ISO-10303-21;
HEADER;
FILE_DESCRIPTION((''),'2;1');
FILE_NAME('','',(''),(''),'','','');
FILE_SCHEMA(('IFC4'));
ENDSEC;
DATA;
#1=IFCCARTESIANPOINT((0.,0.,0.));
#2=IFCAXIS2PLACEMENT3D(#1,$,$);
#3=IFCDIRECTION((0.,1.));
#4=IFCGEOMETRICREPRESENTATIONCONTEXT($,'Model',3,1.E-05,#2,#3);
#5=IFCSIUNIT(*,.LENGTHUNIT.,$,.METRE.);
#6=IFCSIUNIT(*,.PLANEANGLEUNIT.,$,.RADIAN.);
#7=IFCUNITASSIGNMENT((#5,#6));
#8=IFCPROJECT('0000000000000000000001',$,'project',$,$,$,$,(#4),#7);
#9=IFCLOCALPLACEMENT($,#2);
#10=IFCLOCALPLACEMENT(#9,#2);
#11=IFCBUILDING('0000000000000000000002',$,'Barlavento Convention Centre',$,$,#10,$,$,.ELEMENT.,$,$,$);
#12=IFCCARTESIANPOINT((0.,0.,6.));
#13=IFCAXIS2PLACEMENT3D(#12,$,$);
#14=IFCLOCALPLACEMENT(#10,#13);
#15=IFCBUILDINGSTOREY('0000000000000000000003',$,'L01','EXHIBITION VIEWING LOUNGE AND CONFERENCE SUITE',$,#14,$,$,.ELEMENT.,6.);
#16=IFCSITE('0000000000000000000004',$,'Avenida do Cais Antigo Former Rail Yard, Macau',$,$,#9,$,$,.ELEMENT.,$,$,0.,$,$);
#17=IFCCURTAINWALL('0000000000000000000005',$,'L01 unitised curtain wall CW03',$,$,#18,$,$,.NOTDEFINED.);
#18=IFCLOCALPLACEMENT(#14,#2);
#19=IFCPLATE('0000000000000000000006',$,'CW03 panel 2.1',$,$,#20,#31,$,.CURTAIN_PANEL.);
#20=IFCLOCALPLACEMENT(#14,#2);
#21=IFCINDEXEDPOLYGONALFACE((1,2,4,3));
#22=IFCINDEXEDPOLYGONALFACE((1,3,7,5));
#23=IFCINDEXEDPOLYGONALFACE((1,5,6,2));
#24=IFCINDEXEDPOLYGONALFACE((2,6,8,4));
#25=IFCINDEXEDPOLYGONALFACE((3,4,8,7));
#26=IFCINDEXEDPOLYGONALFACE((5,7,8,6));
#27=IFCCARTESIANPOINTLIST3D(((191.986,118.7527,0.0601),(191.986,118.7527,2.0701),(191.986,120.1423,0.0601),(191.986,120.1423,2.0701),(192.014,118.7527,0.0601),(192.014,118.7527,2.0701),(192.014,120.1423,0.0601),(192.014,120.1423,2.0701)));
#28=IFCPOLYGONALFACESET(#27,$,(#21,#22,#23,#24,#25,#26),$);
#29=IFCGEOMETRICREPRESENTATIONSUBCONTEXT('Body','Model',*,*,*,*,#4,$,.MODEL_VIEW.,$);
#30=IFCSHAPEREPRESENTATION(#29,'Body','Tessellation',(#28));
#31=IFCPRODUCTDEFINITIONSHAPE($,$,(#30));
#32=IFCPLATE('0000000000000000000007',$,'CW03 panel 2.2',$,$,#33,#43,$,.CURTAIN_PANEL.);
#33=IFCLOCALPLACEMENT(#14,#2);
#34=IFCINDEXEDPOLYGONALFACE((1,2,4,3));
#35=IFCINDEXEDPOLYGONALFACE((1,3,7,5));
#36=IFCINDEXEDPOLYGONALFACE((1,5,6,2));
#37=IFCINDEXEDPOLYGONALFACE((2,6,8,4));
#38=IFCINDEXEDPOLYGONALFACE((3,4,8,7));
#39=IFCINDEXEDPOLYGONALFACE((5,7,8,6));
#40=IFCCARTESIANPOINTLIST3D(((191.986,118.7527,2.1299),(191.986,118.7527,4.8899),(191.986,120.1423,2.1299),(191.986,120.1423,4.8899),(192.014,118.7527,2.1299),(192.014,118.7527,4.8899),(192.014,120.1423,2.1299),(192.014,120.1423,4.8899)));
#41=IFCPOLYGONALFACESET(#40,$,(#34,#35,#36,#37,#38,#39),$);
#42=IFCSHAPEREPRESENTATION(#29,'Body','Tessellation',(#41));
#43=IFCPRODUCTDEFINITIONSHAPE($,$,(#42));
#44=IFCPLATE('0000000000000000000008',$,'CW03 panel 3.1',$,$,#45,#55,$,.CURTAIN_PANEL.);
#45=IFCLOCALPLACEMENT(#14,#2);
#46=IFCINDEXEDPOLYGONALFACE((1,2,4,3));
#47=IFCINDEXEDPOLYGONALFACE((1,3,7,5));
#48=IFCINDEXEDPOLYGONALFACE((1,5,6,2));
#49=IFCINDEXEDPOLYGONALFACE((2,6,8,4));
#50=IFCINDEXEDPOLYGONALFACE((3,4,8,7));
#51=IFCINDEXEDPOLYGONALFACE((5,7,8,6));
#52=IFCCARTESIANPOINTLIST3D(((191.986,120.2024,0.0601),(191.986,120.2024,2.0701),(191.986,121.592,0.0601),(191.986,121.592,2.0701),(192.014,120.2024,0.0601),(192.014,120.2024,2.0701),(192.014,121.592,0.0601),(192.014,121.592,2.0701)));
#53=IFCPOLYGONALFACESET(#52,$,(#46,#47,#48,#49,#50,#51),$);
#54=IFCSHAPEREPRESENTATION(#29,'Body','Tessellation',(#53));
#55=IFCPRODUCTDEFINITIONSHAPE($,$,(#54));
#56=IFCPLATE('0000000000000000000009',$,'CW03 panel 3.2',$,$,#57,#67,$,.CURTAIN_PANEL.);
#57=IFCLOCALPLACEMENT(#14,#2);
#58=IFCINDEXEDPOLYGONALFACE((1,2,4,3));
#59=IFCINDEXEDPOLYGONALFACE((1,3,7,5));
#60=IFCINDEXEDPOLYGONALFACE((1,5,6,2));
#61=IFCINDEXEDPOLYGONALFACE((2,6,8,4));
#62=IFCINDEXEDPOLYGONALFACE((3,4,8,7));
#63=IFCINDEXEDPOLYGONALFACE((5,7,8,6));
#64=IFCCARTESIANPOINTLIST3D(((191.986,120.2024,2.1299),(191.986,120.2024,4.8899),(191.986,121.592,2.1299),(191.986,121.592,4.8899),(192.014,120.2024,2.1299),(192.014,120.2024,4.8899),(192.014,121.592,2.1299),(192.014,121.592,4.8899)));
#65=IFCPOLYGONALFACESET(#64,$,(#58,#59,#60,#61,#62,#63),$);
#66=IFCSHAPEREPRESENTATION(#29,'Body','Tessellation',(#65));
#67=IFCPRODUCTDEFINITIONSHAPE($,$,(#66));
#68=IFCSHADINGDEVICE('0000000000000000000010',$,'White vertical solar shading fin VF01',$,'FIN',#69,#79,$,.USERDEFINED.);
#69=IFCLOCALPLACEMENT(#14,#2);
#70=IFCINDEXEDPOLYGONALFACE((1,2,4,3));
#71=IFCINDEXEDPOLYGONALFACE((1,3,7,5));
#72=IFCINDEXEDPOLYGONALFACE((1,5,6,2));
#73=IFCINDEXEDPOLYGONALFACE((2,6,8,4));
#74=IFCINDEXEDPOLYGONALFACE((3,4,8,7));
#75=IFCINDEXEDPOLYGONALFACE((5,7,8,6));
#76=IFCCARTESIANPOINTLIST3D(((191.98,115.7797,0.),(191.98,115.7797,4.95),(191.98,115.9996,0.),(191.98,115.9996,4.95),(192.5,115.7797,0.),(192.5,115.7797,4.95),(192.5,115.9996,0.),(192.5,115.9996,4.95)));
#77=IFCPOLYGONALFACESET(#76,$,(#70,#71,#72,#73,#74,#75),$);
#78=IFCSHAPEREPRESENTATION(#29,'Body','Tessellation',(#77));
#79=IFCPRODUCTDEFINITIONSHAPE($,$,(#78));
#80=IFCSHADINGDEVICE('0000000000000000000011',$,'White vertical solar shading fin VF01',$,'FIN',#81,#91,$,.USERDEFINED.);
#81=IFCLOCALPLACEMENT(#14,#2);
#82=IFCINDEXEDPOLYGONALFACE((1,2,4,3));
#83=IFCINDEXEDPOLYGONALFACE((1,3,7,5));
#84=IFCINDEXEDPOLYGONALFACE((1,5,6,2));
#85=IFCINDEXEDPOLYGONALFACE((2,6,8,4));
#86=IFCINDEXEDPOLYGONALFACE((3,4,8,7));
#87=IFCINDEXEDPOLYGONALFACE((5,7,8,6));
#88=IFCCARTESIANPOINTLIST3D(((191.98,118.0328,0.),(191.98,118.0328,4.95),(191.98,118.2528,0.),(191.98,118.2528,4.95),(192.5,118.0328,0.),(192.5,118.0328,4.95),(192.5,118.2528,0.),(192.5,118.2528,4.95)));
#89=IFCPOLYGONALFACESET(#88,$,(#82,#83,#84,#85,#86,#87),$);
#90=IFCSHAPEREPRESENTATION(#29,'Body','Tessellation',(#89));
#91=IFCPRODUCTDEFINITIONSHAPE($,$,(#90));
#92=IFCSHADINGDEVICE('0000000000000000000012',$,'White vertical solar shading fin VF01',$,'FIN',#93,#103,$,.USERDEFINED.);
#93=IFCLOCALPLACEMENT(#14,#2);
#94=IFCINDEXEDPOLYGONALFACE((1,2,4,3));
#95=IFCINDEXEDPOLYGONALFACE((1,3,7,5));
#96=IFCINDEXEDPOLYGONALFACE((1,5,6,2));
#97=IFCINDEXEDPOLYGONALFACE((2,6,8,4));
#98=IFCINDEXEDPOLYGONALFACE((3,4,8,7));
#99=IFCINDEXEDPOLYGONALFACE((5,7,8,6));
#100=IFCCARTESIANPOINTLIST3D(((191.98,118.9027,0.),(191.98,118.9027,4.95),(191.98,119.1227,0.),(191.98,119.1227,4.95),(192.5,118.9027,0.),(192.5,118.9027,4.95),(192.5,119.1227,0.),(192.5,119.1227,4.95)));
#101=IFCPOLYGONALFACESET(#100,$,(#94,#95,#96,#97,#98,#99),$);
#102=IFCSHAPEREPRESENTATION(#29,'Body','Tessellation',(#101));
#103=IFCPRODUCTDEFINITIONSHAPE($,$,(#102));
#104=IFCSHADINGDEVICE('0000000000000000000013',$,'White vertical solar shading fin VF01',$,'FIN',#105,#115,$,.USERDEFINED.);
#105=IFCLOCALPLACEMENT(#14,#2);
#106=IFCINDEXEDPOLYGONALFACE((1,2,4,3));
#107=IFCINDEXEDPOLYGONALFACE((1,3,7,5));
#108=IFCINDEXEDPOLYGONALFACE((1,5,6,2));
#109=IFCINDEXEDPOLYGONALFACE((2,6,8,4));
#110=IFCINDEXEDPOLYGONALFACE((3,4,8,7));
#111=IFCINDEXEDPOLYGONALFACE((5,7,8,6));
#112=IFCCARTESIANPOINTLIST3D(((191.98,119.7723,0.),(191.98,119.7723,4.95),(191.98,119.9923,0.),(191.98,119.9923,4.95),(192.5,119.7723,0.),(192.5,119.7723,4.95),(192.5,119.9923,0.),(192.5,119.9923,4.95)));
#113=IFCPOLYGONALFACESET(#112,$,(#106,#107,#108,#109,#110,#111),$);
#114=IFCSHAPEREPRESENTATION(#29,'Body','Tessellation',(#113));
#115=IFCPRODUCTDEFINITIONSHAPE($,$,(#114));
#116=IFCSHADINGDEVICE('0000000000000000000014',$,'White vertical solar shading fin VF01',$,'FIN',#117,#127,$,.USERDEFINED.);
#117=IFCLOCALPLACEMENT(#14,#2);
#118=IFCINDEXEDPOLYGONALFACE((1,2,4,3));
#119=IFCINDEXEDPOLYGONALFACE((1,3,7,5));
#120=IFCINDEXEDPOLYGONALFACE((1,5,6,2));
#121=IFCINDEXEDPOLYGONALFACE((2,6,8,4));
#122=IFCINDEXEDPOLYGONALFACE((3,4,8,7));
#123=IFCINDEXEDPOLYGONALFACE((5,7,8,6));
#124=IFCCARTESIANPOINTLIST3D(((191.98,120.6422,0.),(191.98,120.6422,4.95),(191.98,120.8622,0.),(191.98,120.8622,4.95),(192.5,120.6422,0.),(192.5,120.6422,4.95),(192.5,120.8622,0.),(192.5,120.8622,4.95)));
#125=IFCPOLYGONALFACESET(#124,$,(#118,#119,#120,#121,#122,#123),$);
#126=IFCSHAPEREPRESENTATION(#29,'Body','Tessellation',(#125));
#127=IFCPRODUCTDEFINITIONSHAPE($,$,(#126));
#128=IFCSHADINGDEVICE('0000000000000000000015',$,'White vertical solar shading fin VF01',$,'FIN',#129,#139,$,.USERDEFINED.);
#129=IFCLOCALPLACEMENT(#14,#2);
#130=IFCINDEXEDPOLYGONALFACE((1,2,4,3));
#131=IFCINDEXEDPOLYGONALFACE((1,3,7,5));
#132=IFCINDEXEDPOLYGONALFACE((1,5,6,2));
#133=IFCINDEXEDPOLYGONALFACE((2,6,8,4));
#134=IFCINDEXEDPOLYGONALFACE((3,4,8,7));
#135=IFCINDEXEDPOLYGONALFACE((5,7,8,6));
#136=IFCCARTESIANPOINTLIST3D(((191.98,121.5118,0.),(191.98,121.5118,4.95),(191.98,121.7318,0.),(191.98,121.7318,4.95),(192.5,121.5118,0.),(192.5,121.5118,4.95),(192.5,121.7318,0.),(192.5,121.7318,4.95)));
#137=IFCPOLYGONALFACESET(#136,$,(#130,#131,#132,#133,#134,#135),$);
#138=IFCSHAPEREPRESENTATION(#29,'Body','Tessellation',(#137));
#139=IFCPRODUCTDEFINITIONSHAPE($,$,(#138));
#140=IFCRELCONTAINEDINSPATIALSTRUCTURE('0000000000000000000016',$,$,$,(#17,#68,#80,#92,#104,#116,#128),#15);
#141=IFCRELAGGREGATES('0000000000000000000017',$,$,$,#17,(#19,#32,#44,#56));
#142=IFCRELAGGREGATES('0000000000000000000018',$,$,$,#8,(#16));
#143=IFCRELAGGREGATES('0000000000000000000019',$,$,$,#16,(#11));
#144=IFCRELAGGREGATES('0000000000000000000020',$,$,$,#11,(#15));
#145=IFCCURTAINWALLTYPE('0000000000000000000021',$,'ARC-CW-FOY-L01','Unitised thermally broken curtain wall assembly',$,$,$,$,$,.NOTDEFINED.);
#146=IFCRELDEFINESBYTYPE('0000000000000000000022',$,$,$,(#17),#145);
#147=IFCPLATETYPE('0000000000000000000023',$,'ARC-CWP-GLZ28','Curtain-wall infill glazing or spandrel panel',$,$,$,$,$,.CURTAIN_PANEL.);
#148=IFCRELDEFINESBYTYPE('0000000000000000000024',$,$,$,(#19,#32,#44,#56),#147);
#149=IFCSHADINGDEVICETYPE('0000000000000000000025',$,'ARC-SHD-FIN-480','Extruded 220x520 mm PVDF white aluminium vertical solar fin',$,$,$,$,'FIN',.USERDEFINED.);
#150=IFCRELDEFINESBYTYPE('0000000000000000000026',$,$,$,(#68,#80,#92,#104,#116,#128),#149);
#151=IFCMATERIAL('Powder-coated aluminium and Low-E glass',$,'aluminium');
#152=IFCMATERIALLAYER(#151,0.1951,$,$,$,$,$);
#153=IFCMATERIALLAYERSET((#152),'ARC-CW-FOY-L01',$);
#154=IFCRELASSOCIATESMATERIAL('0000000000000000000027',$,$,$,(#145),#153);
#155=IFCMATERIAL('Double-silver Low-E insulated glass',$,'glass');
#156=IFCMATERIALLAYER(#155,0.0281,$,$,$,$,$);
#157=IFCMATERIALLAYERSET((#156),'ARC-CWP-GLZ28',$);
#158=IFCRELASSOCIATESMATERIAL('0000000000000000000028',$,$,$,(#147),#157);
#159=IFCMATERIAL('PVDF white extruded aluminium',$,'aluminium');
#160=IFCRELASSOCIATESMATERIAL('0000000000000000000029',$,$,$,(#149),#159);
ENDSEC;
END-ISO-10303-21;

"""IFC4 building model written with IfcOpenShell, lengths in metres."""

from ifc_helpers import new_model, si_unit, direction, frame, origin, origin_2d, place, context, subcontext, project, spatial, rectangle, extrude, material, layer, layer_set, type_object, element, aggregate, save


model = new_model("IFC4")

# Units and contexts
model_context = context("Model", 3, precision=1e-05, world=origin(), true_north=direction((0.0, 1.0)))
body_context = subcontext(model_context, "Body", "Model", "MODEL_VIEW")
ifc_project = project(units=[si_unit("LENGTHUNIT", "METRE"), si_unit("PLANEANGLEUNIT", "RADIAN")], contexts=[model_context])

# Site, building, storey
site_placement = place(None, origin())
site = spatial("IfcSite", under=ifc_project, at=site_placement, Name="Avenida do Cais Antigo Former Rail Yard, Macau", CompositionType="ELEMENT", RefElevation=0.0)
building_placement = place(site_placement, origin())
building = spatial("IfcBuilding", under=site, at=building_placement, Name="Barlavento Convention Centre", CompositionType="ELEMENT")
storey_placement = place(building_placement, frame((0.0, 0.0, 6.0)))
storey = spatial("IfcBuildingStorey", under=building, at=storey_placement, Name="L01", Description="EXHIBITION VIEWING LOUNGE AND CONFERENCE SUITE", CompositionType="ELEMENT", Elevation=6.0)

# Curtain wall, plates
ifc_material_1 = material(Name="Powder-coated aluminium and Low-E glass", Category="aluminium")
ifc_layer_1 = layer(ifc_material_1, 0.1951)
ifc_layer_set_1 = layer_set([ifc_layer_1], Name="ARC-CW-FOY-L01")
curtain_wall_type = type_object("IfcCurtainWallType", Name="ARC-CW-FOY-L01", Description="Unitised thermally broken curtain wall assembly", PredefinedType="NOTDEFINED", material=ifc_layer_set_1)
curtain_wall_placement = place(storey_placement, origin())
curtain_wall = element("IfcCurtainWall", 1, at=curtain_wall_placement, inside=storey, type_object=curtain_wall_type, Name="L01 unitised curtain wall CW03", PredefinedType="NOTDEFINED")
ifc_material_2 = material(Name="Double-silver Low-E insulated glass", Category="glass")
ifc_layer_2 = layer(ifc_material_2, 0.0281)
ifc_layer_set_2 = layer_set([ifc_layer_2], Name="ARC-CWP-GLZ28")
plate_type = type_object("IfcPlateType", Name="ARC-CWP-GLZ28", Description="Curtain-wall infill glazing or spandrel panel", PredefinedType="CURTAIN_PANEL", material=ifc_layer_set_2)
plate_1_placement = place(storey_placement, frame((192.0, 119.4475, 0.0601), z_axis=(0.0, 0.0, 1.0), x_axis=(0.0, 1.0, 0.0)))
plate_1 = element("IfcPlate", 2, at=plate_1_placement, type_object=plate_type, Name="CW03 panel 2.1", PredefinedType="CURTAIN_PANEL", context=body_context, shape_type="SweptSolid", body=[
    extrude(rectangle(XDim=1.3896, YDim=0.0281, at=origin_2d()), origin(), (0.0, 0.0, 1.0), 2.01),
])
plate_2_placement = place(storey_placement, frame((192.0, 119.4475, 2.1299), z_axis=(0.0, 0.0, 1.0), x_axis=(0.0, 1.0, 0.0)))
plate_2 = element("IfcPlate", 3, at=plate_2_placement, type_object=plate_type, Name="CW03 panel 2.2", PredefinedType="CURTAIN_PANEL", context=body_context, shape_type="SweptSolid", body=[
    extrude(rectangle(XDim=1.3896, YDim=0.0281, at=origin_2d()), origin(), (0.0, 0.0, 1.0), 2.76),
])
plate_3_placement = place(storey_placement, frame((192.0, 120.8972, 0.0601), z_axis=(0.0, 0.0, 1.0), x_axis=(0.0, 1.0, 0.0)))
plate_3 = element("IfcPlate", 4, at=plate_3_placement, type_object=plate_type, Name="CW03 panel 3.1", PredefinedType="CURTAIN_PANEL", context=body_context, shape_type="SweptSolid", body=[
    extrude(rectangle(XDim=1.3896, YDim=0.0281, at=origin_2d()), origin(), (0.0, 0.0, 1.0), 2.01),
])
plate_4_placement = place(storey_placement, frame((192.0, 120.8972, 2.1299), z_axis=(0.0, 0.0, 1.0), x_axis=(0.0, 1.0, 0.0)))
plate_4 = element("IfcPlate", 5, at=plate_4_placement, type_object=plate_type, Name="CW03 panel 3.2", PredefinedType="CURTAIN_PANEL", context=body_context, shape_type="SweptSolid", body=[
    extrude(rectangle(XDim=1.3896, YDim=0.0281, at=origin_2d()), origin(), (0.0, 0.0, 1.0), 2.76),
])
aggregate(curtain_wall, [plate_1, plate_2, plate_3, plate_4])

# Shading devices
ifc_material_3 = material(Name="PVDF white extruded aluminium", Category="aluminium")
shading_device_type = type_object("IfcShadingDeviceType", Name="ARC-SHD-FIN-480", Description="Extruded 220x520 mm PVDF white aluminium vertical solar fin", ElementType="FIN", PredefinedType="USERDEFINED", material=ifc_material_3)
for number, where, z_axis, x_axis, name in (
    (6, (192.24, 115.8896, 0.0), (0.0, 0.0, 1.0), (0.0, 1.0, 0.0), "White vertical solar shading fin VF01"),
    (7, (192.24, 118.1428, 0.0), (0.0, 0.0, 1.0), (0.0, 1.0, 0.0), "White vertical solar shading fin VF01"),
    (8, (192.24, 119.0127, 0.0), (0.0, 0.0, 1.0), (0.0, 1.0, 0.0), "White vertical solar shading fin VF01"),
    (9, (192.24, 119.8823, 0.0), (0.0, 0.0, 1.0), (0.0, 1.0, 0.0), "White vertical solar shading fin VF01"),
    (10, (192.24, 120.7522, 0.0), (0.0, 0.0, 1.0), (0.0, 1.0, 0.0), "White vertical solar shading fin VF01"),
    (11, (192.24, 121.6218, 0.0), (0.0, 0.0, 1.0), (0.0, 1.0, 0.0), "White vertical solar shading fin VF01"),
):
    element("IfcShadingDevice", number, at=place(storey_placement, frame(where, z_axis=z_axis, x_axis=x_axis)), inside=storey, type_object=shading_device_type, Name=name, ObjectType="FIN", PredefinedType="USERDEFINED", context=body_context, shape_type="SweptSolid", body=[
        extrude(rectangle(XDim=0.22, YDim=0.52, at=origin_2d()), origin(), (0.0, 0.0, 1.0), 4.95),
    ])

save(model, "model.ifc")
